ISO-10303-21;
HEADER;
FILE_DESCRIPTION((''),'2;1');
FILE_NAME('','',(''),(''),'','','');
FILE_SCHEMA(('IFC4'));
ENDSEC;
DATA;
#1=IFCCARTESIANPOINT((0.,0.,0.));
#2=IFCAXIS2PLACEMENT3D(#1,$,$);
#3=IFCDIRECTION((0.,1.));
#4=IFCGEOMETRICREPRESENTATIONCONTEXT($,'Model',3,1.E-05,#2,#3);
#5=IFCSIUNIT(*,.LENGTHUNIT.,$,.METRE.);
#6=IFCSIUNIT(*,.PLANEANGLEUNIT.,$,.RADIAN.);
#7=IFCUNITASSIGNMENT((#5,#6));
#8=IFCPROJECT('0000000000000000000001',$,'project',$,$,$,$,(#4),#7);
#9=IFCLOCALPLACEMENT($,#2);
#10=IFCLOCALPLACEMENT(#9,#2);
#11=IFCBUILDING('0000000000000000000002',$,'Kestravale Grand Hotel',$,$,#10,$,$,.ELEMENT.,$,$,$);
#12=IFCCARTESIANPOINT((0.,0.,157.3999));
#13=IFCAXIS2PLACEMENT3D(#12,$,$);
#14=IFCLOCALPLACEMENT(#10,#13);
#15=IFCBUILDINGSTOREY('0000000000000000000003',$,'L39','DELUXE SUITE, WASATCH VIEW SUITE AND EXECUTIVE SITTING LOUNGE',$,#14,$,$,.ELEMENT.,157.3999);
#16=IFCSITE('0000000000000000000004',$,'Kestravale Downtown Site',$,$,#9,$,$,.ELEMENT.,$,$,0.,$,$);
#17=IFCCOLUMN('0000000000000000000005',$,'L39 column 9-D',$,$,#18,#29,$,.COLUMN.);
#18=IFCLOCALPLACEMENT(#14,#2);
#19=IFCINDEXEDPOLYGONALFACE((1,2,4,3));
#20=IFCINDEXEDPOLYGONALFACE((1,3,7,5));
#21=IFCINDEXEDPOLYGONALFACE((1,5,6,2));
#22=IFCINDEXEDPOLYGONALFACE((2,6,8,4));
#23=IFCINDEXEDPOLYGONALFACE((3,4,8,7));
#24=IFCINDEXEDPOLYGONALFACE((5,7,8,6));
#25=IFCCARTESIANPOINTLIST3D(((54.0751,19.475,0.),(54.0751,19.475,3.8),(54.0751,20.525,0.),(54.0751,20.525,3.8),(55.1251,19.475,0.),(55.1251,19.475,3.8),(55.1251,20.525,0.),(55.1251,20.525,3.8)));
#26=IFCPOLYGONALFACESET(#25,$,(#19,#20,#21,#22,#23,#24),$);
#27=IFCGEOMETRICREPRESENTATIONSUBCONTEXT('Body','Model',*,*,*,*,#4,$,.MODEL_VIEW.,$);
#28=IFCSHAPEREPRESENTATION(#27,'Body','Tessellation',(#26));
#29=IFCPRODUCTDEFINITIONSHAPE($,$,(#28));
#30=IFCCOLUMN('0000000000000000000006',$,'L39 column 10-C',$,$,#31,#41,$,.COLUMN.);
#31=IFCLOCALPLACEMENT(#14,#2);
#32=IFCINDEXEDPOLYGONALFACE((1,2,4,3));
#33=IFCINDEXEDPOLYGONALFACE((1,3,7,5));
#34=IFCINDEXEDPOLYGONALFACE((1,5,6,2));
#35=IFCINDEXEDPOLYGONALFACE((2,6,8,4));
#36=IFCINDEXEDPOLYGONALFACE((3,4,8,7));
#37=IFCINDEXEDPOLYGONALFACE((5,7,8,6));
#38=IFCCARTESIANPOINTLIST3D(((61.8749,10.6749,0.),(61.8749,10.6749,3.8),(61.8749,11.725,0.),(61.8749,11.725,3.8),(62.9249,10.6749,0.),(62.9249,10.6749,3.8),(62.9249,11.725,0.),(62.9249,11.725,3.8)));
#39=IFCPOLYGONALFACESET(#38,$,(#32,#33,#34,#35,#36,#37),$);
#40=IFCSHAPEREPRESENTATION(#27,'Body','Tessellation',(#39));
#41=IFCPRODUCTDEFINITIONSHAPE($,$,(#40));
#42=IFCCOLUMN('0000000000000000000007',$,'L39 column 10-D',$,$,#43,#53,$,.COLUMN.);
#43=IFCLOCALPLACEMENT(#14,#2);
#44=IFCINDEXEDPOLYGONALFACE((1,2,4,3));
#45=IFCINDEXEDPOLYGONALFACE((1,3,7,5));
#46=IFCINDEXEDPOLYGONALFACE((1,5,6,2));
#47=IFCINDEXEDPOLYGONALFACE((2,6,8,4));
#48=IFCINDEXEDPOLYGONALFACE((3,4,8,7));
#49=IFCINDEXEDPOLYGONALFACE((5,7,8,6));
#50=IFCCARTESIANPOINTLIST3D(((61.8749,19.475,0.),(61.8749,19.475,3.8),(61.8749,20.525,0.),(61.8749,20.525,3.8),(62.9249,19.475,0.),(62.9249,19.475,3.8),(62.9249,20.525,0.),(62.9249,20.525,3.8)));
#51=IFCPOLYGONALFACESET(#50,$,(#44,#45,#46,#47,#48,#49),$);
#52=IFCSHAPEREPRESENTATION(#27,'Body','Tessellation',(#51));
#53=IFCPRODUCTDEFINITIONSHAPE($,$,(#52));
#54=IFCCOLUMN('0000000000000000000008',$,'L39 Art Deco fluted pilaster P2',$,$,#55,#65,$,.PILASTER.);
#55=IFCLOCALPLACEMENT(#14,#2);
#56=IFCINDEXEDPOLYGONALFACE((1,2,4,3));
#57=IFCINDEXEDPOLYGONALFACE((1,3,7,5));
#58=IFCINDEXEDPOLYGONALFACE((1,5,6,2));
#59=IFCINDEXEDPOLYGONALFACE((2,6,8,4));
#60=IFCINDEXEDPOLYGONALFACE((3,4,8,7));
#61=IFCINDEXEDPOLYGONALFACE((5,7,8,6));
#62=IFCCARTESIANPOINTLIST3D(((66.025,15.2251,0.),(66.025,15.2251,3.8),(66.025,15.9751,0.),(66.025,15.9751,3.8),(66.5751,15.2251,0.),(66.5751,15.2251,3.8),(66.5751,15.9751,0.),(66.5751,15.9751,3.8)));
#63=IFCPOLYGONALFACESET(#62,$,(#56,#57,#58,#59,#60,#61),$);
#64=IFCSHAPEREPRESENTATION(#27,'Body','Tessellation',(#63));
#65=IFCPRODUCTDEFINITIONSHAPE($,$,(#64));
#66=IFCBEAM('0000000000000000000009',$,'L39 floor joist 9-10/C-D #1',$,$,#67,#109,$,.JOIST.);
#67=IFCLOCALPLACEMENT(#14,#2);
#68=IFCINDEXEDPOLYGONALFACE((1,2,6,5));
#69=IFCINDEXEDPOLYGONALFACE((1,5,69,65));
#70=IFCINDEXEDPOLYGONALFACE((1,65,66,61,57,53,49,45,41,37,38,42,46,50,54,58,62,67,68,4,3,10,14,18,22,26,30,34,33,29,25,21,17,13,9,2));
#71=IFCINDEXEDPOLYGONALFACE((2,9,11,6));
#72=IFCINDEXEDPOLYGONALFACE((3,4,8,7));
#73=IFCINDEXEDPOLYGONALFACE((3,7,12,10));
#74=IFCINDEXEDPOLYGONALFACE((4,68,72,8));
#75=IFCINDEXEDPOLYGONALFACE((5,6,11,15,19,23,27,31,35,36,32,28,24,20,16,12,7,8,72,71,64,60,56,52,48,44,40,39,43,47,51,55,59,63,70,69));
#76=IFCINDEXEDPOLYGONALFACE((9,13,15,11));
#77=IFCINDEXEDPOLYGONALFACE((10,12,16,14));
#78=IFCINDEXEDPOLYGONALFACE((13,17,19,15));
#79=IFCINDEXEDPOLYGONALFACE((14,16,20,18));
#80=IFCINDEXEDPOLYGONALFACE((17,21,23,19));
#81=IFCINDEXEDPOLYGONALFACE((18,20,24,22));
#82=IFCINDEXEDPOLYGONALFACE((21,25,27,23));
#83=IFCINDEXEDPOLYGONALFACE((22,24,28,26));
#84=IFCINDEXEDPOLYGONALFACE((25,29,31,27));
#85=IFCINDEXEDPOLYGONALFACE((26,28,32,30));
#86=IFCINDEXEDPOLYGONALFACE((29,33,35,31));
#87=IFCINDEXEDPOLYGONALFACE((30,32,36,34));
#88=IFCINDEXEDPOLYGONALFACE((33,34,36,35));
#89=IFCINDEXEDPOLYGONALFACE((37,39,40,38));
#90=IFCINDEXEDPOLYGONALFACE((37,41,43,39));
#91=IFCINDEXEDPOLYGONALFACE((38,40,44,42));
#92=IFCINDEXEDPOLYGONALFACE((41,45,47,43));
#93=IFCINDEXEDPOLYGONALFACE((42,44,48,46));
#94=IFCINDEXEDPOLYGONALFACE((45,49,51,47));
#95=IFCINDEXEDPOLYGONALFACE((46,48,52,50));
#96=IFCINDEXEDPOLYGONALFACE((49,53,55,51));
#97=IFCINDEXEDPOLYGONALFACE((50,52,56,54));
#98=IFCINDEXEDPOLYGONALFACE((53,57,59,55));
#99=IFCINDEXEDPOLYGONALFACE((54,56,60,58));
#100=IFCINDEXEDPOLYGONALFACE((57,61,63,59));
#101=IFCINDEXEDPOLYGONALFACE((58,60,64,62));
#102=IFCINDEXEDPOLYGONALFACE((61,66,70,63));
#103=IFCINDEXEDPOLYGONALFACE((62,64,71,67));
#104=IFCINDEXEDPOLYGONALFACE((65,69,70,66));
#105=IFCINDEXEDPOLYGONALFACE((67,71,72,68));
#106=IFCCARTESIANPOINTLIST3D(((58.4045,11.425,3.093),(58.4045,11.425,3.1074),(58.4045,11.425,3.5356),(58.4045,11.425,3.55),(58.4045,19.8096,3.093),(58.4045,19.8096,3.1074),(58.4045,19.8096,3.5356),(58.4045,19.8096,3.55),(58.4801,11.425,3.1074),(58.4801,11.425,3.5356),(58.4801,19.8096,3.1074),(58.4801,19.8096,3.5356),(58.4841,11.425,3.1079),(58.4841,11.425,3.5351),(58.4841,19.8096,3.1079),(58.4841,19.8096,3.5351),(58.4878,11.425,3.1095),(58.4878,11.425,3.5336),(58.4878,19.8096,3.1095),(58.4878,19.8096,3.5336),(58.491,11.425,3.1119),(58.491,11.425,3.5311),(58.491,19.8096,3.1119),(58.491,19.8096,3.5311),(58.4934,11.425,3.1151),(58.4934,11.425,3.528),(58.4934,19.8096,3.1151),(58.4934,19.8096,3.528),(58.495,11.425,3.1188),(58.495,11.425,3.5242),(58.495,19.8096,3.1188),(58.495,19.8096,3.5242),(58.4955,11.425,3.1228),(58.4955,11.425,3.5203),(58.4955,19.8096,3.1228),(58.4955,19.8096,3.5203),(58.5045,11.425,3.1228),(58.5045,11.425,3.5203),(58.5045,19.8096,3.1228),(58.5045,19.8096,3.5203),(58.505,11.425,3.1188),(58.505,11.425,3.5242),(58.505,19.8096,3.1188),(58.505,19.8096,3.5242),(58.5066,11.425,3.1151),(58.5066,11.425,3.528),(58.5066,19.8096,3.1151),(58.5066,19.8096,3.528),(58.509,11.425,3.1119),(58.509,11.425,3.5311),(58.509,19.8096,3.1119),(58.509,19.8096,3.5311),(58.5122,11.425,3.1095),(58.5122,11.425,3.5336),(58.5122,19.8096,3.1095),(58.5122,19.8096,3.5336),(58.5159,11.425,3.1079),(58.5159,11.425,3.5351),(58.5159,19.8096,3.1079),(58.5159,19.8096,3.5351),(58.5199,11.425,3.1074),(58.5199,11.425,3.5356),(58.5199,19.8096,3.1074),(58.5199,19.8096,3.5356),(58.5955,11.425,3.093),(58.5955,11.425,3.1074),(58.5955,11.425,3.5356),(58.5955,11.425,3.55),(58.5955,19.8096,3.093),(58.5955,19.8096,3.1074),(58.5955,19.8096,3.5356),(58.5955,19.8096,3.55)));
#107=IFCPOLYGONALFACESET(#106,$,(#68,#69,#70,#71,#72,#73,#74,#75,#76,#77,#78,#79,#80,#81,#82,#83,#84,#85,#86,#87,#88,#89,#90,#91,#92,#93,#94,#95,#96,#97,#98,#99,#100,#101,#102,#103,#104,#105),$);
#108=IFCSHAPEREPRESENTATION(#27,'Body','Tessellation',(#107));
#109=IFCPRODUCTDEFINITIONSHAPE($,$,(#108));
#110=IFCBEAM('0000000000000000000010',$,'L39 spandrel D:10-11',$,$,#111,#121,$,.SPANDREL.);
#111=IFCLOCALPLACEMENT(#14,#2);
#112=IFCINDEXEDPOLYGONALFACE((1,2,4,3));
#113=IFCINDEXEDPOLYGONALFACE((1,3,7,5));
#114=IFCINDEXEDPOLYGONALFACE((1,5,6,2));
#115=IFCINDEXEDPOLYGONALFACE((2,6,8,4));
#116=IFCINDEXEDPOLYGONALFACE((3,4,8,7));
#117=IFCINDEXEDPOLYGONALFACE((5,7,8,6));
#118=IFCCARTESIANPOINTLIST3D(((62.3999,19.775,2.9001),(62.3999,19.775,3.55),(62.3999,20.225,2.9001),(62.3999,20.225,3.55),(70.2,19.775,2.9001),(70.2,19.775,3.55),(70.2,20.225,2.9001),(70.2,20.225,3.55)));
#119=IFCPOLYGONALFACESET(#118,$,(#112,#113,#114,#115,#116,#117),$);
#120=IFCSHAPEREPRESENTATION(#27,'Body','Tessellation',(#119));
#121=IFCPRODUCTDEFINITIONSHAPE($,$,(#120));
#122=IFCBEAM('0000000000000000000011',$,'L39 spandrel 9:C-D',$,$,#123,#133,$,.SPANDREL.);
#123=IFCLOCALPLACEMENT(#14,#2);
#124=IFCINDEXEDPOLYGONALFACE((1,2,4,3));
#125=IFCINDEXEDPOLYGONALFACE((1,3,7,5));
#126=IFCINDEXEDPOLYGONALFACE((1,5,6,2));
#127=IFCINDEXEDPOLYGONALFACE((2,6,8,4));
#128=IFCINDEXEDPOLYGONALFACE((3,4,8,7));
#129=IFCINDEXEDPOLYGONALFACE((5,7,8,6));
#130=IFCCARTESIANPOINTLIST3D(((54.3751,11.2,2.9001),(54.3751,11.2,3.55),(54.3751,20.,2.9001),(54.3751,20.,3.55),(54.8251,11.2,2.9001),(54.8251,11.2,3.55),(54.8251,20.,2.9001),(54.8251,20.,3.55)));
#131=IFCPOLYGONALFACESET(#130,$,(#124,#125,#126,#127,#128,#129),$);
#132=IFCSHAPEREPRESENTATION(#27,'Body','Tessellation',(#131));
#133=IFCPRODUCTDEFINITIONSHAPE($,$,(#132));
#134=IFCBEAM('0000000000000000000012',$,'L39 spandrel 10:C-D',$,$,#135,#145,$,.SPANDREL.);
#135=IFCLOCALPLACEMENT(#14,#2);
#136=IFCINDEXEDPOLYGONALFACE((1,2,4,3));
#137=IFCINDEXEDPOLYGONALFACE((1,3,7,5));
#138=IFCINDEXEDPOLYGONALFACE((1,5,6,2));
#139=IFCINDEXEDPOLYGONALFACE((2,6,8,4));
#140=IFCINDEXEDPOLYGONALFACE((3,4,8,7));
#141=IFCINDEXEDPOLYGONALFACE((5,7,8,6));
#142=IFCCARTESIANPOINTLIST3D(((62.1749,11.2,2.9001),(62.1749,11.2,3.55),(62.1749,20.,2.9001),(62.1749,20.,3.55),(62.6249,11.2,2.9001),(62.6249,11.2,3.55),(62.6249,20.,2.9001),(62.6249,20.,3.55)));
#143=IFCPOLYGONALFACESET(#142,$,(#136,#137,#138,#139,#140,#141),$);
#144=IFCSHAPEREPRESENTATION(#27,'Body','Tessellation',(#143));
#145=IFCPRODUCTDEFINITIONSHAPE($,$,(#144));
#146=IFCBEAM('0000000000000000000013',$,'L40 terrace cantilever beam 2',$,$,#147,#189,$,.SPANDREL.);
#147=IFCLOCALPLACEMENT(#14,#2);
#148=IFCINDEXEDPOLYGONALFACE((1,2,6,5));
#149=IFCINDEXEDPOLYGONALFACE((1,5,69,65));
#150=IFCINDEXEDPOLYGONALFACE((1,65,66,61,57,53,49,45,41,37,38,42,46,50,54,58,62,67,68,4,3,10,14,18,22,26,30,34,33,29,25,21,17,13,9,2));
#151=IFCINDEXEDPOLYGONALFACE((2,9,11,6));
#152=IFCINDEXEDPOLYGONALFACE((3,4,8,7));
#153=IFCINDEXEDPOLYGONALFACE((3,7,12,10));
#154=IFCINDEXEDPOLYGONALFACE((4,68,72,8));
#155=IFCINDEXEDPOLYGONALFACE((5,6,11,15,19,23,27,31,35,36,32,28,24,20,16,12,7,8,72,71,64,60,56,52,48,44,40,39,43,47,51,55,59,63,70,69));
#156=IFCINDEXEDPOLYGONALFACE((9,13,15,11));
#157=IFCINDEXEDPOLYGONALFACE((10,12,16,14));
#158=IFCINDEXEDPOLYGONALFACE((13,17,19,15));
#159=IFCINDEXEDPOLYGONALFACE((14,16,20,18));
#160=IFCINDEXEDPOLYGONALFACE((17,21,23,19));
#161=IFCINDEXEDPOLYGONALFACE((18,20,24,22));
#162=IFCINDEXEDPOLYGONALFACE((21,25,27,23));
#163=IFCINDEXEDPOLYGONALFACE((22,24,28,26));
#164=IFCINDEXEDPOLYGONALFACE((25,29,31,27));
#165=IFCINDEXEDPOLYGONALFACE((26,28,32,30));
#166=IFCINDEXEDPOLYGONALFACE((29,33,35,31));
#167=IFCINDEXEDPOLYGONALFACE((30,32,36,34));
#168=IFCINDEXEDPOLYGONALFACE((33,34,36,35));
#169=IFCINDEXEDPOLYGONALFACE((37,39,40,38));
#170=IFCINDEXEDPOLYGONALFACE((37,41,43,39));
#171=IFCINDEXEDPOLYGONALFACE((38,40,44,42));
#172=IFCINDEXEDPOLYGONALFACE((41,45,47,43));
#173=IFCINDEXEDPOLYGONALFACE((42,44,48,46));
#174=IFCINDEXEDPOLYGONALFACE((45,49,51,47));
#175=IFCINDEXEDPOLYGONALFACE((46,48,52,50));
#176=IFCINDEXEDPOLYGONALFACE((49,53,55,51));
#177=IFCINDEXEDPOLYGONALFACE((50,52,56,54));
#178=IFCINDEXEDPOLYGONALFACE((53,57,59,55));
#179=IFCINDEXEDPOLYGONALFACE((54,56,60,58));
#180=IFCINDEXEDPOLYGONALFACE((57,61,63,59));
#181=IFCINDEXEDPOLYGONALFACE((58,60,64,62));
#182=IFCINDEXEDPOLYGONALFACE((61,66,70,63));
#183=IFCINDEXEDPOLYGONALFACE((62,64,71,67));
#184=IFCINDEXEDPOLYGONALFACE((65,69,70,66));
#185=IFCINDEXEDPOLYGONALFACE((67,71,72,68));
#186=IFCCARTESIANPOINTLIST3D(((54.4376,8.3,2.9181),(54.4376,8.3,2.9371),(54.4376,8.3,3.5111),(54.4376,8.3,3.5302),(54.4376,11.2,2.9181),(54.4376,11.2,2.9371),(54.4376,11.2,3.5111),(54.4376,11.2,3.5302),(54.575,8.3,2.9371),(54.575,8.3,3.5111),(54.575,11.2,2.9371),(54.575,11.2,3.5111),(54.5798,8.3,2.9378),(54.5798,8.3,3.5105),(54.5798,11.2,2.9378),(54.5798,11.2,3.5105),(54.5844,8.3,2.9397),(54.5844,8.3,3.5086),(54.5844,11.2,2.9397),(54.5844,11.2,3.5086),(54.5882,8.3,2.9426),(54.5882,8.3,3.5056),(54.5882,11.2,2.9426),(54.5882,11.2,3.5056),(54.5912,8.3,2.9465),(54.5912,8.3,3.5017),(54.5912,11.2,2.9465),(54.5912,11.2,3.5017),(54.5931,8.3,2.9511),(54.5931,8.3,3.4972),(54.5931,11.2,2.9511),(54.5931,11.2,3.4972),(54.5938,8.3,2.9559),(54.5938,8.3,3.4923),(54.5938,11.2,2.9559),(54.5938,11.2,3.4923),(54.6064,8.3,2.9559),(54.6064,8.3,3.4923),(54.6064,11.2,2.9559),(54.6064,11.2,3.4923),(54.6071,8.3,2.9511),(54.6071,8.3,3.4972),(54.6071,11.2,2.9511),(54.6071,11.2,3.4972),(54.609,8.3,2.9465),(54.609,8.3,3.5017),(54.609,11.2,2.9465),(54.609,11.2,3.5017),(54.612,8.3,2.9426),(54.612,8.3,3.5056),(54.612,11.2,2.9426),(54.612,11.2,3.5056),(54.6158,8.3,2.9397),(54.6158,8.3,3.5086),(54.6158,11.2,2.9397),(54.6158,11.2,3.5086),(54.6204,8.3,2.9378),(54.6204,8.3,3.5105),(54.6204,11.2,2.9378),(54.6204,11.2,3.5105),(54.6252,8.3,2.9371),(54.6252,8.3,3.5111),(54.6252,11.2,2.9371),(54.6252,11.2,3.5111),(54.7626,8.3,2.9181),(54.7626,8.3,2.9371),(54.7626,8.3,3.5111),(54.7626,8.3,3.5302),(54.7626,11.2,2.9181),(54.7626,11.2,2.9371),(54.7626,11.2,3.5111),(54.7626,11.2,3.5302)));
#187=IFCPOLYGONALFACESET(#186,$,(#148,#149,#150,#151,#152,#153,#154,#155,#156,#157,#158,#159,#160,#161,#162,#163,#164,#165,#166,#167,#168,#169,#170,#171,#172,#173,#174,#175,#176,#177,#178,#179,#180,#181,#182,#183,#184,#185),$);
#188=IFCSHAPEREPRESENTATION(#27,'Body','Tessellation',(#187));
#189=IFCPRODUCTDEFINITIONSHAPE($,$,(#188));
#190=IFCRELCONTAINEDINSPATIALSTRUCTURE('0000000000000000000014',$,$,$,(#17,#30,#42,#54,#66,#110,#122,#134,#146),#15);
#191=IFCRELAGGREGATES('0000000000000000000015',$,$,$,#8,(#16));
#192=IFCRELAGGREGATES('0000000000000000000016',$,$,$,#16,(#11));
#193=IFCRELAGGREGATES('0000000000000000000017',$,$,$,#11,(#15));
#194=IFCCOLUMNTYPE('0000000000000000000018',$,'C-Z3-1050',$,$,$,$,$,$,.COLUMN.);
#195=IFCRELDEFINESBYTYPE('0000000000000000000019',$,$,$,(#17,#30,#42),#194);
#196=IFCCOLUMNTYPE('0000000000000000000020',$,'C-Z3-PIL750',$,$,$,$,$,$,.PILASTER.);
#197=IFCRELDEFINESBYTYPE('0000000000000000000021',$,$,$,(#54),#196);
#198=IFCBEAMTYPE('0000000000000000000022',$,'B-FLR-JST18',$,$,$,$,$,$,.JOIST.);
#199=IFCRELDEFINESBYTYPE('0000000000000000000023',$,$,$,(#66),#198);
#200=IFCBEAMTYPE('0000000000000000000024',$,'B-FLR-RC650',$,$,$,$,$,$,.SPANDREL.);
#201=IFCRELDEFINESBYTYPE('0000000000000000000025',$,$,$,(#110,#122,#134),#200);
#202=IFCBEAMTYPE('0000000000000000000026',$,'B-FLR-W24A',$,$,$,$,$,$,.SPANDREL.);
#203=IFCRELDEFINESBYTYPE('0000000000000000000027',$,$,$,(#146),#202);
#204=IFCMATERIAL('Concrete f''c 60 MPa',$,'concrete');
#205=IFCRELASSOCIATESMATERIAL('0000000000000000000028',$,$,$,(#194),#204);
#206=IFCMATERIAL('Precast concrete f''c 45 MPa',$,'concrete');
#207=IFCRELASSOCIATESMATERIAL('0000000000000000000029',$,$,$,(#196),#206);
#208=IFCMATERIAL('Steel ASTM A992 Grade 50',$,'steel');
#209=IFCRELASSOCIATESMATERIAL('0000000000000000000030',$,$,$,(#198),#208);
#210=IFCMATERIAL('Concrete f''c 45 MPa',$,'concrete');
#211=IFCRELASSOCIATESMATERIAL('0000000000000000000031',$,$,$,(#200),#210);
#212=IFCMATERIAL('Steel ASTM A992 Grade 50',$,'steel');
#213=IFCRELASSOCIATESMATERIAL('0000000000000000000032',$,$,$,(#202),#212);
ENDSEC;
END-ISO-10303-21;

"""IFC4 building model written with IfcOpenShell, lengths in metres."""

from ifc_helpers import new_model, si_unit, direction, frame, origin, origin_2d, place, context, subcontext, project, spatial, rectangle, i_section, extrude, material, material_profile, profile_set, type_object, element, save


model = new_model("IFC4")

# Units and contexts
model_context = context("Model", 3, precision=1e-05, world=origin(), true_north=direction((0.0, 1.0)))
body_context = subcontext(model_context, "Body", "Model", "MODEL_VIEW")
ifc_project = project(units=[si_unit("LENGTHUNIT", "METRE"), si_unit("PLANEANGLEUNIT", "RADIAN")], contexts=[model_context])

# Site, building, storey
site_placement = place(None, origin())
site = spatial("IfcSite", under=ifc_project, at=site_placement, Name="Kestravale Downtown Site", CompositionType="ELEMENT", RefElevation=0.0)
building_placement = place(site_placement, origin())
building = spatial("IfcBuilding", under=site, at=building_placement, Name="Kestravale Grand Hotel", CompositionType="ELEMENT")
storey_placement = place(building_placement, frame((0.0, 0.0, 157.3999)))
storey = spatial("IfcBuildingStorey", under=building, at=storey_placement, Name="L39", Description="DELUXE SUITE, WASATCH VIEW SUITE AND EXECUTIVE SITTING LOUNGE", CompositionType="ELEMENT", Elevation=157.3999)

# Columns
ifc_material_1 = material(Name="Concrete f'c 60 MPa", Category="concrete")
ifc_material_profile_1 = material_profile(ifc_material_1, rectangle(XDim=1.05, YDim=1.05, at=origin_2d()))
ifc_profile_set_1 = profile_set([ifc_material_profile_1], Name="Concrete f'c 60 MPa")
column_type_1 = type_object("IfcColumnType", Name="C-Z3-1050", PredefinedType="COLUMN", material=ifc_profile_set_1)
for number, where, z_axis, x_axis, name in (
    (1, (54.6001, 20.0, 0.0), (0.0, 0.0, 1.0), (1.0, 0.0, 0.0), "L39 column 9-D"),
    (2, (62.3999, 11.2, 0.0), (0.0, 0.0, 1.0), (1.0, 0.0, 0.0), "L39 column 10-C"),
    (3, (62.3999, 20.0, 0.0), (0.0, 0.0, 1.0), (1.0, 0.0, 0.0), "L39 column 10-D"),
):
    element("IfcColumn", number, at=place(storey_placement, frame(where, z_axis=z_axis, x_axis=x_axis)), inside=storey, type_object=column_type_1, Name=name, PredefinedType="COLUMN", context=body_context, shape_type="SweptSolid", body=[
        extrude(rectangle(XDim=1.05, YDim=1.05, at=origin_2d()), origin(), (0.0, 0.0, 1.0), 3.8),
    ])
ifc_material_2 = material(Name="Precast concrete f'c 45 MPa", Category="concrete")
ifc_material_profile_2 = material_profile(ifc_material_2, rectangle(XDim=0.55, YDim=0.75, at=origin_2d()))
ifc_profile_set_2 = profile_set([ifc_material_profile_2], Name="Precast concrete f'c 45 MPa")
column_type_2 = type_object("IfcColumnType", Name="C-Z3-PIL750", PredefinedType="PILASTER", material=ifc_profile_set_2)
column_placement = place(storey_placement, frame((66.3, 15.6001, 0.0), z_axis=(0.0, 0.0, 1.0), x_axis=(1.0, 0.0, 0.0)))
element("IfcColumn", 4, at=column_placement, inside=storey, type_object=column_type_2, Name="L39 Art Deco fluted pilaster P2", PredefinedType="PILASTER", context=body_context, shape_type="SweptSolid", body=[
    extrude(rectangle(XDim=0.55, YDim=0.75, at=origin_2d()), origin(), (0.0, 0.0, 1.0), 3.8),
])

# Beams
ifc_material_3 = material(Name="Steel ASTM A992 Grade 50", Category="steel")
ifc_material_profile_3 = material_profile(ifc_material_3, i_section(OverallWidth=0.1909, OverallDepth=0.457, WebThickness=0.009, FlangeThickness=0.0144, FilletRadius=0.0154, at=origin_2d()))
ifc_profile_set_3 = profile_set([ifc_material_profile_3], Name="Steel ASTM A992 Grade 50")
beam_type_1 = type_object("IfcBeamType", Name="B-FLR-JST18", PredefinedType="JOIST", material=ifc_profile_set_3)
beam_1_placement = place(storey_placement, frame((58.5, 11.425, 3.3215), z_axis=(0.0, 1.0, 0.0), x_axis=(-1.0, 0.0, 0.0)))
element("IfcBeam", 5, at=beam_1_placement, inside=storey, type_object=beam_type_1, Name="L39 floor joist 9-10/C-D #1", PredefinedType="JOIST", context=body_context, shape_type="SweptSolid", body=[
    extrude(i_section(OverallWidth=0.1909, OverallDepth=0.457, WebThickness=0.009, FlangeThickness=0.0144, FilletRadius=0.0154, at=origin_2d()), origin(), (0.0, 0.0, 1.0), 8.3845),
])
ifc_material_4 = material(Name="Concrete f'c 45 MPa", Category="concrete")
ifc_material_profile_4 = material_profile(ifc_material_4, rectangle(XDim=0.45, YDim=0.6499, at=origin_2d()))
ifc_profile_set_4 = profile_set([ifc_material_profile_4], Name="Concrete f'c 45 MPa")
beam_type_2 = type_object("IfcBeamType", Name="B-FLR-RC650", PredefinedType="SPANDREL", material=ifc_profile_set_4)
beam_2_placement = place(storey_placement, frame((62.3999, 20.0, 3.2251), z_axis=(1.0, 0.0, 0.0), x_axis=(0.0, 1.0, 0.0)))
element("IfcBeam", 6, at=beam_2_placement, inside=storey, type_object=beam_type_2, Name="L39 spandrel D:10-11", PredefinedType="SPANDREL", context=body_context, shape_type="SweptSolid", body=[
    extrude(rectangle(XDim=0.45, YDim=0.6499, at=origin_2d()), origin(), (0.0, 0.0, 1.0), 7.8),
])
for number, where, z_axis, x_axis, name in (
    (7, (54.6001, 11.2, 3.2251), (0.0, 1.0, 0.0), (-1.0, 0.0, 0.0), "L39 spandrel 9:C-D"),
    (8, (62.3999, 11.2, 3.2251), (0.0, 1.0, 0.0), (-1.0, 0.0, 0.0), "L39 spandrel 10:C-D"),
):
    element("IfcBeam", number, at=place(storey_placement, frame(where, z_axis=z_axis, x_axis=x_axis)), inside=storey, type_object=beam_type_2, Name=name, PredefinedType="SPANDREL", context=body_context, shape_type="SweptSolid", body=[
        extrude(rectangle(XDim=0.45, YDim=0.6499, at=origin_2d()), origin(), (0.0, 0.0, 1.0), 8.8),
    ])
ifc_material_5 = material(Name="Steel ASTM A992 Grade 50", Category="steel")
ifc_material_profile_5 = material_profile(ifc_material_5, i_section(OverallWidth=0.325, OverallDepth=0.6121, WebThickness=0.0127, FlangeThickness=0.019, FilletRadius=0.0188, at=origin_2d()))
ifc_profile_set_5 = profile_set([ifc_material_profile_5], Name="Steel ASTM A992 Grade 50")
beam_type_3 = type_object("IfcBeamType", Name="B-FLR-W24A", PredefinedType="SPANDREL", material=ifc_profile_set_5)
beam_3_placement = place(storey_placement, frame((54.6001, 11.2, 3.2241), z_axis=(0.0, -1.0, 0.0), x_axis=(1.0, 0.0, 0.0)))
element("IfcBeam", 9, at=beam_3_placement, inside=storey, type_object=beam_type_3, Name="L40 terrace cantilever beam 2", PredefinedType="SPANDREL", context=body_context, shape_type="SweptSolid", body=[
    extrude(i_section(OverallWidth=0.325, OverallDepth=0.6121, WebThickness=0.0127, FlangeThickness=0.019, FilletRadius=0.0188, at=origin_2d()), origin(), (0.0, 0.0, 1.0), 2.8999),
])

save(model, "model.ifc")
